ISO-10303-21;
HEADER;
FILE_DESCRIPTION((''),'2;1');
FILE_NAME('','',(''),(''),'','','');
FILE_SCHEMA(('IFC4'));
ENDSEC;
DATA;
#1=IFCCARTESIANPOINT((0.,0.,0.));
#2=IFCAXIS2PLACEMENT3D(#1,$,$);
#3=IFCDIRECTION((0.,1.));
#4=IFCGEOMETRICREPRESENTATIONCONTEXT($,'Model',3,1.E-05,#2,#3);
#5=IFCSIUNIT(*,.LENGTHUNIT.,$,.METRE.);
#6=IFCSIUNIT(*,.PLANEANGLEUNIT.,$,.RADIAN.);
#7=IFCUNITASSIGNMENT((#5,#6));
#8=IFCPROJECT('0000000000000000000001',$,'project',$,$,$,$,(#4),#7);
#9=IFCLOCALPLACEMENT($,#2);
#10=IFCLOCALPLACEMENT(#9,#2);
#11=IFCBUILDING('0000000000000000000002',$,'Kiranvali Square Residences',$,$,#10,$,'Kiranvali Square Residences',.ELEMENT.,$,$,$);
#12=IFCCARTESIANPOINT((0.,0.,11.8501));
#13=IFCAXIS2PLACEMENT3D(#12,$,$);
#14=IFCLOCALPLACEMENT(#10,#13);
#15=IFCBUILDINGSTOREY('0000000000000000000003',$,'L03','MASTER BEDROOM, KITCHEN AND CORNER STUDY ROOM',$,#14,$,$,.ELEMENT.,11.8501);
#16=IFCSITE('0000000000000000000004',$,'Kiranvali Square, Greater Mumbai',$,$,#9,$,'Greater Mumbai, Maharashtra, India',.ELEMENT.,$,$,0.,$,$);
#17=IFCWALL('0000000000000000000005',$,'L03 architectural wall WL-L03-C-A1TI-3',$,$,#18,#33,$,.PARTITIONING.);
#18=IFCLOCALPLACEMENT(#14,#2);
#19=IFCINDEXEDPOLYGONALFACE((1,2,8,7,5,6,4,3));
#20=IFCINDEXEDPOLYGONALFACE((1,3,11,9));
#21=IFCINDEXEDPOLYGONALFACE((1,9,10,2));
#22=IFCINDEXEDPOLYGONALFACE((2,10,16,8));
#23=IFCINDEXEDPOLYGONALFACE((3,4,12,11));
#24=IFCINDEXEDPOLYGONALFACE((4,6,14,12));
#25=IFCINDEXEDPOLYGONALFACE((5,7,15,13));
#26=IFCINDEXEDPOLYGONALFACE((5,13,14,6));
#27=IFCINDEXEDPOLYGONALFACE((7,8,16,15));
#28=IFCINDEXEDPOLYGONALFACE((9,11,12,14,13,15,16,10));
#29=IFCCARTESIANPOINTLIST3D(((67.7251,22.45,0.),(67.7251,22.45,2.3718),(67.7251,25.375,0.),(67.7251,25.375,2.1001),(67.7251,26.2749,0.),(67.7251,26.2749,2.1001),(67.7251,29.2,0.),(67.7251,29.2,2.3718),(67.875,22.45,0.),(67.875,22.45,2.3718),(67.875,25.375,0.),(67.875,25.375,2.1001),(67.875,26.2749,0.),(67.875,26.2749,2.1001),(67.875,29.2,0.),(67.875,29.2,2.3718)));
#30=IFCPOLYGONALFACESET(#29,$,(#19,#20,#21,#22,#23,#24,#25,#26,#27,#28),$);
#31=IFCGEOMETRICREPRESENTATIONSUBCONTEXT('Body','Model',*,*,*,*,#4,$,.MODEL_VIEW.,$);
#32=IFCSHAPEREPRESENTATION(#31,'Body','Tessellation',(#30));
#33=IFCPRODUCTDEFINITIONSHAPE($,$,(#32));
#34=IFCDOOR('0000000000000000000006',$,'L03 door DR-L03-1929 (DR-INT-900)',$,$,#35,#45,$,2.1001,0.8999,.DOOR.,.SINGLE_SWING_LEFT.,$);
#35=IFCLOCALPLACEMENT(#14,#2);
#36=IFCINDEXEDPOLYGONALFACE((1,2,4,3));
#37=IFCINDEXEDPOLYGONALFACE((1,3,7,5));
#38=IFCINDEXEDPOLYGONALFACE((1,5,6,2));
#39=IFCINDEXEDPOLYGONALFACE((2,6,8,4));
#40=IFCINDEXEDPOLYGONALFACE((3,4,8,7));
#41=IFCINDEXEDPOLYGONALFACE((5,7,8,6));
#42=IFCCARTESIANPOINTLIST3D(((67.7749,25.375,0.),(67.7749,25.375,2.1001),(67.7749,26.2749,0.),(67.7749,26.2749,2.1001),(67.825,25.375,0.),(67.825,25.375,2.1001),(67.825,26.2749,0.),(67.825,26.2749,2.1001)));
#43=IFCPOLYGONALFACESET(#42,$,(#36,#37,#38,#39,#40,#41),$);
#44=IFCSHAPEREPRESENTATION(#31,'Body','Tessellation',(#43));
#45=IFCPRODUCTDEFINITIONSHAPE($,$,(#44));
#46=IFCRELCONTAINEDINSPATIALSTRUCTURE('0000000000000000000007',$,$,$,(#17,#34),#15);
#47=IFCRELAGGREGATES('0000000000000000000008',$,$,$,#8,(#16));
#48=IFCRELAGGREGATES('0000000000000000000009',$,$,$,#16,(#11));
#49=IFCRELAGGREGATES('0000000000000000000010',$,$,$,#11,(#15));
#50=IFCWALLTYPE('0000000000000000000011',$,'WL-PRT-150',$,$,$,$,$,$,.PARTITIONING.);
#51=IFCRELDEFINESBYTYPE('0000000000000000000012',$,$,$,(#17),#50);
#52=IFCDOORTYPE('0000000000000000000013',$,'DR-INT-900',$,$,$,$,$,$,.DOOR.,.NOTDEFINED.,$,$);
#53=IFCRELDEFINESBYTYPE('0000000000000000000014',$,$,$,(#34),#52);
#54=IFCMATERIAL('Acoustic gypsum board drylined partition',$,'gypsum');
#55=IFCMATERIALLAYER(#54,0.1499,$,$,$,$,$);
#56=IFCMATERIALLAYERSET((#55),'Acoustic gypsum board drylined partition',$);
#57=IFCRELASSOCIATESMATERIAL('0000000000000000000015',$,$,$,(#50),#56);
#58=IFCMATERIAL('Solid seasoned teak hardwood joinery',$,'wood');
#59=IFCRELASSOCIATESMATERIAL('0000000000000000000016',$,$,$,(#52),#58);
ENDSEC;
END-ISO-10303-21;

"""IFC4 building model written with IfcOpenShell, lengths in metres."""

from ifc_helpers import new_model, si_unit, direction, frame, frame_2d, origin, place, context, subcontext, project, spatial, rectangle, extrude, material, layer, layer_set, type_object, element, fill, save


model = new_model("IFC4")

# Units and contexts
model_context = context("Model", 3, precision=1e-05, world=origin(), true_north=direction((0.0, 1.0)))
body_context = subcontext(model_context, "Body", "Model", "MODEL_VIEW")
ifc_project = project(units=[si_unit("LENGTHUNIT", "METRE"), si_unit("PLANEANGLEUNIT", "RADIAN")], contexts=[model_context])

# Site, building, storey
site_placement = place(None, origin())
site = spatial("IfcSite", under=ifc_project, at=site_placement, Name="Kiranvali Square, Greater Mumbai", LongName="Greater Mumbai, Maharashtra, India", CompositionType="ELEMENT", RefElevation=0.0)
building_placement = place(site_placement, origin())
building = spatial("IfcBuilding", under=site, at=building_placement, Name="Kiranvali Square Residences", LongName="Kiranvali Square Residences", CompositionType="ELEMENT")
storey_placement = place(building_placement, frame((0.0, 0.0, 11.8501)))
storey = spatial("IfcBuildingStorey", under=building, at=storey_placement, Name="L03", Description="MASTER BEDROOM, KITCHEN AND CORNER STUDY ROOM", CompositionType="ELEMENT", Elevation=11.8501)

# Wall, opening, door
ifc_material_1 = material(Name="Acoustic gypsum board drylined partition", Category="gypsum")
ifc_layer_1 = layer(ifc_material_1, 0.1499)
ifc_layer_set_1 = layer_set([ifc_layer_1], Name="Acoustic gypsum board drylined partition")
wall_type_1 = type_object("IfcWallType", Name="WL-PRT-150", PredefinedType="PARTITIONING", material=ifc_layer_set_1)
ifc_material_2 = material(Name="Solid seasoned teak hardwood joinery", Category="wood")
door_type = type_object("IfcDoorType", Name="DR-INT-900", OperationType="NOTDEFINED", PredefinedType="DOOR", material=ifc_material_2)
wall_1_placement = place(storey_placement, frame((67.8, 29.2, 0.0), z_axis=(0.0, 0.0, 1.0), x_axis=(0.0, -1.0, 0.0)))
wall_1 = element("IfcWall", 1, at=wall_1_placement, inside=storey, type_object=wall_type_1, Name="L03 architectural wall WL-L03-C-A1TI-3", PredefinedType="PARTITIONING", context=body_context, shape_type="SweptSolid", body=[
    extrude(rectangle(XDim=6.75, YDim=0.1499, at=frame_2d((3.375, 0.0))), origin(), (0.0, 0.0, 1.0), 2.3718),
])
opening_1_placement = place(wall_1_placement, frame((2.925, 0.0, 0.0)))
opening_1 = element("IfcOpeningElement", 2, at=opening_1_placement, cuts=wall_1, PredefinedType="OPENING", context=body_context, shape_type="SweptSolid", body=[
    extrude(rectangle(XDim=0.8999, YDim=2.1001, at=frame_2d((0.45, 1.05))), frame((0.0, 0.085, 0.0), z_axis=(0.0, -1.0, 0.0), x_axis=(1.0, 0.0, 0.0)), (0.0, 0.0, 1.0), 0.1699),
])
door_1_placement = place(opening_1_placement, origin())
door_1 = element("IfcDoor", 3, at=door_1_placement, inside=storey, type_object=door_type, Name="L03 door DR-L03-1929 (DR-INT-900)", OperationType="SINGLE_SWING_LEFT", OverallHeight=2.1001, OverallWidth=0.8999, PredefinedType="DOOR", context=body_context, shape_type="SweptSolid", body=[
    extrude(rectangle(XDim=0.8999, YDim=2.1001, at=frame_2d((0.45, 1.05))), frame((0.0, 0.0249, 0.0), z_axis=(0.0, -1.0, 0.0), x_axis=(1.0, 0.0, 0.0)), (0.0, 0.0, 1.0), 0.05),
])
fill(opening_1, door_1)

save(model, "model.ifc")
